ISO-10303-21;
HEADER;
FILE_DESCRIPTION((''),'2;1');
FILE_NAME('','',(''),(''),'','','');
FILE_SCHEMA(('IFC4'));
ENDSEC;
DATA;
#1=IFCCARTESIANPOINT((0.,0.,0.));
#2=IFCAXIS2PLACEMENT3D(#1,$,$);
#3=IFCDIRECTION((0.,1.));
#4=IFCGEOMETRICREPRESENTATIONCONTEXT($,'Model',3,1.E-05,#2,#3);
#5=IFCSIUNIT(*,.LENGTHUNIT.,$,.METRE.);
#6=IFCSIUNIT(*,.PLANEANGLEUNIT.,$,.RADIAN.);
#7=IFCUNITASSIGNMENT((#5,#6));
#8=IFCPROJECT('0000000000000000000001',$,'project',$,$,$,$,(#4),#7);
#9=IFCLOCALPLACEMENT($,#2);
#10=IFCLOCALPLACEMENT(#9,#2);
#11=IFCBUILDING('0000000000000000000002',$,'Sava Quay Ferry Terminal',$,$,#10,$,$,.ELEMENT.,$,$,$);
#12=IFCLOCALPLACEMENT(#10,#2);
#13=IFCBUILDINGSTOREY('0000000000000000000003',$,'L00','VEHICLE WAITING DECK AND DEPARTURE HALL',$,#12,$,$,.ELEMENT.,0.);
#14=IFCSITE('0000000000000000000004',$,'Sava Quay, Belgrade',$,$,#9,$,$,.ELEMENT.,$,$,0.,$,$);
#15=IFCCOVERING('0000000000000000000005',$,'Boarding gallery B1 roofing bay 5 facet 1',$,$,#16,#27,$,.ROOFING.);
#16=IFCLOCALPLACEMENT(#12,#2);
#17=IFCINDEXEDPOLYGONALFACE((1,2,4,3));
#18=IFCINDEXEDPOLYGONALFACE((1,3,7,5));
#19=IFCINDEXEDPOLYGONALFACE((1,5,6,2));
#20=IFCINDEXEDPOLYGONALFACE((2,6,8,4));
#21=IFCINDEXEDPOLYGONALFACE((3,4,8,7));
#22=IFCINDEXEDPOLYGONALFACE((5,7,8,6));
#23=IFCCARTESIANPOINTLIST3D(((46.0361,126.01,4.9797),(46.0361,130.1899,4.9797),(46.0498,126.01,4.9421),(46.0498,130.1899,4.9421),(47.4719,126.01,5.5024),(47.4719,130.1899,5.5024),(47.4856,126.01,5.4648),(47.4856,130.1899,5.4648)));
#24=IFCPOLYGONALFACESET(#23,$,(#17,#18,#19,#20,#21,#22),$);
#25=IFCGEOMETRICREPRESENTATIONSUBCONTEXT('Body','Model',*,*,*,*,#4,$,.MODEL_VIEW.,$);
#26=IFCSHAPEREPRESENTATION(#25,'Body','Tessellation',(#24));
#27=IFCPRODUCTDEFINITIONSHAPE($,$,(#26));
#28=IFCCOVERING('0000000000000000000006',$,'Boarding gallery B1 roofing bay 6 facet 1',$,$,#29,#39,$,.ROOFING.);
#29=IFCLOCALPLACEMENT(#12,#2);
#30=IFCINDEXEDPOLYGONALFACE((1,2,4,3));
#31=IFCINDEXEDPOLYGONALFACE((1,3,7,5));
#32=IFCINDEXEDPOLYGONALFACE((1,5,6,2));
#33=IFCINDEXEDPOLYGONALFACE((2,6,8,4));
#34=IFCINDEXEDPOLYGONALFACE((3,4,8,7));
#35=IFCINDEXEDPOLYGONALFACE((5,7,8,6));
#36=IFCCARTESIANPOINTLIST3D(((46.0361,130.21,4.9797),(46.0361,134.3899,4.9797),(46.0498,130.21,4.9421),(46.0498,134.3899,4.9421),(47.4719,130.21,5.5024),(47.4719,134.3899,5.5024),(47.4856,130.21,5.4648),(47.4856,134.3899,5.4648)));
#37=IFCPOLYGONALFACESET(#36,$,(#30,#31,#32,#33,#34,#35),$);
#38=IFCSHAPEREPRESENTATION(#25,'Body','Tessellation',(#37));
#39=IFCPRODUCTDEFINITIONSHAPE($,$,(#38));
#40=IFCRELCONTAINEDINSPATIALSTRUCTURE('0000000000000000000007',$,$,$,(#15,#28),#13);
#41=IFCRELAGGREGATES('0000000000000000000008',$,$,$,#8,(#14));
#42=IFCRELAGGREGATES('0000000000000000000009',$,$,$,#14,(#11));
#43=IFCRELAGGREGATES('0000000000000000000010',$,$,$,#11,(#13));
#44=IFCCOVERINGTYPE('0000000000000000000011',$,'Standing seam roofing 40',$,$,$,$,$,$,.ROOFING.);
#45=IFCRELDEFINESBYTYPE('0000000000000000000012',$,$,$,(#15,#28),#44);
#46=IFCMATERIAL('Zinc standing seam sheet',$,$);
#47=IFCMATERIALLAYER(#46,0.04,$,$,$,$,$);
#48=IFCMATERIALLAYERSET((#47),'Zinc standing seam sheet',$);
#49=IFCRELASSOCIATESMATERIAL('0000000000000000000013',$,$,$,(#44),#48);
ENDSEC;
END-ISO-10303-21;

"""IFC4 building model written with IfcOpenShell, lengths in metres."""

from ifc_helpers import new_model, si_unit, direction, frame, origin, place, context, subcontext, project, spatial, polyline, outline, extrude, material, layer, layer_set, type_object, element, save


model = new_model("IFC4")

# Units and contexts
model_context = context("Model", 3, precision=1e-05, world=origin(), true_north=direction((0.0, 1.0)))
body_context = subcontext(model_context, "Body", "Model", "MODEL_VIEW")
ifc_project = project(units=[si_unit("LENGTHUNIT", "METRE"), si_unit("PLANEANGLEUNIT", "RADIAN")], contexts=[model_context])

# Site, building, storey
site_placement = place(None, origin())
site = spatial("IfcSite", under=ifc_project, at=site_placement, Name="Sava Quay, Belgrade", CompositionType="ELEMENT", RefElevation=0.0)
building_placement = place(site_placement, origin())
building = spatial("IfcBuilding", under=site, at=building_placement, Name="Sava Quay Ferry Terminal", CompositionType="ELEMENT")
storey_placement = place(building_placement, origin())
storey = spatial("IfcBuildingStorey", under=building, at=storey_placement, Name="L00", Description="VEHICLE WAITING DECK AND DEPARTURE HALL", CompositionType="ELEMENT", Elevation=0.0)

# Coverings
ifc_material_1 = material(Name="Zinc standing seam sheet")
ifc_layer_1 = layer(ifc_material_1, 0.04)
ifc_layer_set_1 = layer_set([ifc_layer_1], Name="Zinc standing seam sheet")
covering_type = type_object("IfcCoveringType", Name="Standing seam roofing 40", PredefinedType="ROOFING", material=ifc_layer_set_1)
for number, where, z_axis, x_axis, name in (
    (1, (46.0361, 126.01, 4.9797), (-0.342089, 0.0, 0.939667), (0.939667, 0.0, 0.342089), "Boarding gallery B1 roofing bay 5 facet 1"),
    (2, (46.0361, 130.21, 4.9797), (-0.342089, 0.0, 0.939667), (0.939667, 0.0, 0.342089), "Boarding gallery B1 roofing bay 6 facet 1"),
):
    element("IfcCovering", number, at=place(storey_placement, frame(where, z_axis=z_axis, x_axis=x_axis)), inside=storey, type_object=covering_type, Name=name, PredefinedType="ROOFING", context=body_context, shape_type="SweptSolid", body=[
        extrude(outline(polyline([(0.0, 0.0), (1.528, 0.0), (1.528, 4.1799), (0.0, 4.1799), (0.0, 0.0)])), origin(), (0.0, 0.0, -1.0), 0.04),
    ])

save(model, "model.ifc")
